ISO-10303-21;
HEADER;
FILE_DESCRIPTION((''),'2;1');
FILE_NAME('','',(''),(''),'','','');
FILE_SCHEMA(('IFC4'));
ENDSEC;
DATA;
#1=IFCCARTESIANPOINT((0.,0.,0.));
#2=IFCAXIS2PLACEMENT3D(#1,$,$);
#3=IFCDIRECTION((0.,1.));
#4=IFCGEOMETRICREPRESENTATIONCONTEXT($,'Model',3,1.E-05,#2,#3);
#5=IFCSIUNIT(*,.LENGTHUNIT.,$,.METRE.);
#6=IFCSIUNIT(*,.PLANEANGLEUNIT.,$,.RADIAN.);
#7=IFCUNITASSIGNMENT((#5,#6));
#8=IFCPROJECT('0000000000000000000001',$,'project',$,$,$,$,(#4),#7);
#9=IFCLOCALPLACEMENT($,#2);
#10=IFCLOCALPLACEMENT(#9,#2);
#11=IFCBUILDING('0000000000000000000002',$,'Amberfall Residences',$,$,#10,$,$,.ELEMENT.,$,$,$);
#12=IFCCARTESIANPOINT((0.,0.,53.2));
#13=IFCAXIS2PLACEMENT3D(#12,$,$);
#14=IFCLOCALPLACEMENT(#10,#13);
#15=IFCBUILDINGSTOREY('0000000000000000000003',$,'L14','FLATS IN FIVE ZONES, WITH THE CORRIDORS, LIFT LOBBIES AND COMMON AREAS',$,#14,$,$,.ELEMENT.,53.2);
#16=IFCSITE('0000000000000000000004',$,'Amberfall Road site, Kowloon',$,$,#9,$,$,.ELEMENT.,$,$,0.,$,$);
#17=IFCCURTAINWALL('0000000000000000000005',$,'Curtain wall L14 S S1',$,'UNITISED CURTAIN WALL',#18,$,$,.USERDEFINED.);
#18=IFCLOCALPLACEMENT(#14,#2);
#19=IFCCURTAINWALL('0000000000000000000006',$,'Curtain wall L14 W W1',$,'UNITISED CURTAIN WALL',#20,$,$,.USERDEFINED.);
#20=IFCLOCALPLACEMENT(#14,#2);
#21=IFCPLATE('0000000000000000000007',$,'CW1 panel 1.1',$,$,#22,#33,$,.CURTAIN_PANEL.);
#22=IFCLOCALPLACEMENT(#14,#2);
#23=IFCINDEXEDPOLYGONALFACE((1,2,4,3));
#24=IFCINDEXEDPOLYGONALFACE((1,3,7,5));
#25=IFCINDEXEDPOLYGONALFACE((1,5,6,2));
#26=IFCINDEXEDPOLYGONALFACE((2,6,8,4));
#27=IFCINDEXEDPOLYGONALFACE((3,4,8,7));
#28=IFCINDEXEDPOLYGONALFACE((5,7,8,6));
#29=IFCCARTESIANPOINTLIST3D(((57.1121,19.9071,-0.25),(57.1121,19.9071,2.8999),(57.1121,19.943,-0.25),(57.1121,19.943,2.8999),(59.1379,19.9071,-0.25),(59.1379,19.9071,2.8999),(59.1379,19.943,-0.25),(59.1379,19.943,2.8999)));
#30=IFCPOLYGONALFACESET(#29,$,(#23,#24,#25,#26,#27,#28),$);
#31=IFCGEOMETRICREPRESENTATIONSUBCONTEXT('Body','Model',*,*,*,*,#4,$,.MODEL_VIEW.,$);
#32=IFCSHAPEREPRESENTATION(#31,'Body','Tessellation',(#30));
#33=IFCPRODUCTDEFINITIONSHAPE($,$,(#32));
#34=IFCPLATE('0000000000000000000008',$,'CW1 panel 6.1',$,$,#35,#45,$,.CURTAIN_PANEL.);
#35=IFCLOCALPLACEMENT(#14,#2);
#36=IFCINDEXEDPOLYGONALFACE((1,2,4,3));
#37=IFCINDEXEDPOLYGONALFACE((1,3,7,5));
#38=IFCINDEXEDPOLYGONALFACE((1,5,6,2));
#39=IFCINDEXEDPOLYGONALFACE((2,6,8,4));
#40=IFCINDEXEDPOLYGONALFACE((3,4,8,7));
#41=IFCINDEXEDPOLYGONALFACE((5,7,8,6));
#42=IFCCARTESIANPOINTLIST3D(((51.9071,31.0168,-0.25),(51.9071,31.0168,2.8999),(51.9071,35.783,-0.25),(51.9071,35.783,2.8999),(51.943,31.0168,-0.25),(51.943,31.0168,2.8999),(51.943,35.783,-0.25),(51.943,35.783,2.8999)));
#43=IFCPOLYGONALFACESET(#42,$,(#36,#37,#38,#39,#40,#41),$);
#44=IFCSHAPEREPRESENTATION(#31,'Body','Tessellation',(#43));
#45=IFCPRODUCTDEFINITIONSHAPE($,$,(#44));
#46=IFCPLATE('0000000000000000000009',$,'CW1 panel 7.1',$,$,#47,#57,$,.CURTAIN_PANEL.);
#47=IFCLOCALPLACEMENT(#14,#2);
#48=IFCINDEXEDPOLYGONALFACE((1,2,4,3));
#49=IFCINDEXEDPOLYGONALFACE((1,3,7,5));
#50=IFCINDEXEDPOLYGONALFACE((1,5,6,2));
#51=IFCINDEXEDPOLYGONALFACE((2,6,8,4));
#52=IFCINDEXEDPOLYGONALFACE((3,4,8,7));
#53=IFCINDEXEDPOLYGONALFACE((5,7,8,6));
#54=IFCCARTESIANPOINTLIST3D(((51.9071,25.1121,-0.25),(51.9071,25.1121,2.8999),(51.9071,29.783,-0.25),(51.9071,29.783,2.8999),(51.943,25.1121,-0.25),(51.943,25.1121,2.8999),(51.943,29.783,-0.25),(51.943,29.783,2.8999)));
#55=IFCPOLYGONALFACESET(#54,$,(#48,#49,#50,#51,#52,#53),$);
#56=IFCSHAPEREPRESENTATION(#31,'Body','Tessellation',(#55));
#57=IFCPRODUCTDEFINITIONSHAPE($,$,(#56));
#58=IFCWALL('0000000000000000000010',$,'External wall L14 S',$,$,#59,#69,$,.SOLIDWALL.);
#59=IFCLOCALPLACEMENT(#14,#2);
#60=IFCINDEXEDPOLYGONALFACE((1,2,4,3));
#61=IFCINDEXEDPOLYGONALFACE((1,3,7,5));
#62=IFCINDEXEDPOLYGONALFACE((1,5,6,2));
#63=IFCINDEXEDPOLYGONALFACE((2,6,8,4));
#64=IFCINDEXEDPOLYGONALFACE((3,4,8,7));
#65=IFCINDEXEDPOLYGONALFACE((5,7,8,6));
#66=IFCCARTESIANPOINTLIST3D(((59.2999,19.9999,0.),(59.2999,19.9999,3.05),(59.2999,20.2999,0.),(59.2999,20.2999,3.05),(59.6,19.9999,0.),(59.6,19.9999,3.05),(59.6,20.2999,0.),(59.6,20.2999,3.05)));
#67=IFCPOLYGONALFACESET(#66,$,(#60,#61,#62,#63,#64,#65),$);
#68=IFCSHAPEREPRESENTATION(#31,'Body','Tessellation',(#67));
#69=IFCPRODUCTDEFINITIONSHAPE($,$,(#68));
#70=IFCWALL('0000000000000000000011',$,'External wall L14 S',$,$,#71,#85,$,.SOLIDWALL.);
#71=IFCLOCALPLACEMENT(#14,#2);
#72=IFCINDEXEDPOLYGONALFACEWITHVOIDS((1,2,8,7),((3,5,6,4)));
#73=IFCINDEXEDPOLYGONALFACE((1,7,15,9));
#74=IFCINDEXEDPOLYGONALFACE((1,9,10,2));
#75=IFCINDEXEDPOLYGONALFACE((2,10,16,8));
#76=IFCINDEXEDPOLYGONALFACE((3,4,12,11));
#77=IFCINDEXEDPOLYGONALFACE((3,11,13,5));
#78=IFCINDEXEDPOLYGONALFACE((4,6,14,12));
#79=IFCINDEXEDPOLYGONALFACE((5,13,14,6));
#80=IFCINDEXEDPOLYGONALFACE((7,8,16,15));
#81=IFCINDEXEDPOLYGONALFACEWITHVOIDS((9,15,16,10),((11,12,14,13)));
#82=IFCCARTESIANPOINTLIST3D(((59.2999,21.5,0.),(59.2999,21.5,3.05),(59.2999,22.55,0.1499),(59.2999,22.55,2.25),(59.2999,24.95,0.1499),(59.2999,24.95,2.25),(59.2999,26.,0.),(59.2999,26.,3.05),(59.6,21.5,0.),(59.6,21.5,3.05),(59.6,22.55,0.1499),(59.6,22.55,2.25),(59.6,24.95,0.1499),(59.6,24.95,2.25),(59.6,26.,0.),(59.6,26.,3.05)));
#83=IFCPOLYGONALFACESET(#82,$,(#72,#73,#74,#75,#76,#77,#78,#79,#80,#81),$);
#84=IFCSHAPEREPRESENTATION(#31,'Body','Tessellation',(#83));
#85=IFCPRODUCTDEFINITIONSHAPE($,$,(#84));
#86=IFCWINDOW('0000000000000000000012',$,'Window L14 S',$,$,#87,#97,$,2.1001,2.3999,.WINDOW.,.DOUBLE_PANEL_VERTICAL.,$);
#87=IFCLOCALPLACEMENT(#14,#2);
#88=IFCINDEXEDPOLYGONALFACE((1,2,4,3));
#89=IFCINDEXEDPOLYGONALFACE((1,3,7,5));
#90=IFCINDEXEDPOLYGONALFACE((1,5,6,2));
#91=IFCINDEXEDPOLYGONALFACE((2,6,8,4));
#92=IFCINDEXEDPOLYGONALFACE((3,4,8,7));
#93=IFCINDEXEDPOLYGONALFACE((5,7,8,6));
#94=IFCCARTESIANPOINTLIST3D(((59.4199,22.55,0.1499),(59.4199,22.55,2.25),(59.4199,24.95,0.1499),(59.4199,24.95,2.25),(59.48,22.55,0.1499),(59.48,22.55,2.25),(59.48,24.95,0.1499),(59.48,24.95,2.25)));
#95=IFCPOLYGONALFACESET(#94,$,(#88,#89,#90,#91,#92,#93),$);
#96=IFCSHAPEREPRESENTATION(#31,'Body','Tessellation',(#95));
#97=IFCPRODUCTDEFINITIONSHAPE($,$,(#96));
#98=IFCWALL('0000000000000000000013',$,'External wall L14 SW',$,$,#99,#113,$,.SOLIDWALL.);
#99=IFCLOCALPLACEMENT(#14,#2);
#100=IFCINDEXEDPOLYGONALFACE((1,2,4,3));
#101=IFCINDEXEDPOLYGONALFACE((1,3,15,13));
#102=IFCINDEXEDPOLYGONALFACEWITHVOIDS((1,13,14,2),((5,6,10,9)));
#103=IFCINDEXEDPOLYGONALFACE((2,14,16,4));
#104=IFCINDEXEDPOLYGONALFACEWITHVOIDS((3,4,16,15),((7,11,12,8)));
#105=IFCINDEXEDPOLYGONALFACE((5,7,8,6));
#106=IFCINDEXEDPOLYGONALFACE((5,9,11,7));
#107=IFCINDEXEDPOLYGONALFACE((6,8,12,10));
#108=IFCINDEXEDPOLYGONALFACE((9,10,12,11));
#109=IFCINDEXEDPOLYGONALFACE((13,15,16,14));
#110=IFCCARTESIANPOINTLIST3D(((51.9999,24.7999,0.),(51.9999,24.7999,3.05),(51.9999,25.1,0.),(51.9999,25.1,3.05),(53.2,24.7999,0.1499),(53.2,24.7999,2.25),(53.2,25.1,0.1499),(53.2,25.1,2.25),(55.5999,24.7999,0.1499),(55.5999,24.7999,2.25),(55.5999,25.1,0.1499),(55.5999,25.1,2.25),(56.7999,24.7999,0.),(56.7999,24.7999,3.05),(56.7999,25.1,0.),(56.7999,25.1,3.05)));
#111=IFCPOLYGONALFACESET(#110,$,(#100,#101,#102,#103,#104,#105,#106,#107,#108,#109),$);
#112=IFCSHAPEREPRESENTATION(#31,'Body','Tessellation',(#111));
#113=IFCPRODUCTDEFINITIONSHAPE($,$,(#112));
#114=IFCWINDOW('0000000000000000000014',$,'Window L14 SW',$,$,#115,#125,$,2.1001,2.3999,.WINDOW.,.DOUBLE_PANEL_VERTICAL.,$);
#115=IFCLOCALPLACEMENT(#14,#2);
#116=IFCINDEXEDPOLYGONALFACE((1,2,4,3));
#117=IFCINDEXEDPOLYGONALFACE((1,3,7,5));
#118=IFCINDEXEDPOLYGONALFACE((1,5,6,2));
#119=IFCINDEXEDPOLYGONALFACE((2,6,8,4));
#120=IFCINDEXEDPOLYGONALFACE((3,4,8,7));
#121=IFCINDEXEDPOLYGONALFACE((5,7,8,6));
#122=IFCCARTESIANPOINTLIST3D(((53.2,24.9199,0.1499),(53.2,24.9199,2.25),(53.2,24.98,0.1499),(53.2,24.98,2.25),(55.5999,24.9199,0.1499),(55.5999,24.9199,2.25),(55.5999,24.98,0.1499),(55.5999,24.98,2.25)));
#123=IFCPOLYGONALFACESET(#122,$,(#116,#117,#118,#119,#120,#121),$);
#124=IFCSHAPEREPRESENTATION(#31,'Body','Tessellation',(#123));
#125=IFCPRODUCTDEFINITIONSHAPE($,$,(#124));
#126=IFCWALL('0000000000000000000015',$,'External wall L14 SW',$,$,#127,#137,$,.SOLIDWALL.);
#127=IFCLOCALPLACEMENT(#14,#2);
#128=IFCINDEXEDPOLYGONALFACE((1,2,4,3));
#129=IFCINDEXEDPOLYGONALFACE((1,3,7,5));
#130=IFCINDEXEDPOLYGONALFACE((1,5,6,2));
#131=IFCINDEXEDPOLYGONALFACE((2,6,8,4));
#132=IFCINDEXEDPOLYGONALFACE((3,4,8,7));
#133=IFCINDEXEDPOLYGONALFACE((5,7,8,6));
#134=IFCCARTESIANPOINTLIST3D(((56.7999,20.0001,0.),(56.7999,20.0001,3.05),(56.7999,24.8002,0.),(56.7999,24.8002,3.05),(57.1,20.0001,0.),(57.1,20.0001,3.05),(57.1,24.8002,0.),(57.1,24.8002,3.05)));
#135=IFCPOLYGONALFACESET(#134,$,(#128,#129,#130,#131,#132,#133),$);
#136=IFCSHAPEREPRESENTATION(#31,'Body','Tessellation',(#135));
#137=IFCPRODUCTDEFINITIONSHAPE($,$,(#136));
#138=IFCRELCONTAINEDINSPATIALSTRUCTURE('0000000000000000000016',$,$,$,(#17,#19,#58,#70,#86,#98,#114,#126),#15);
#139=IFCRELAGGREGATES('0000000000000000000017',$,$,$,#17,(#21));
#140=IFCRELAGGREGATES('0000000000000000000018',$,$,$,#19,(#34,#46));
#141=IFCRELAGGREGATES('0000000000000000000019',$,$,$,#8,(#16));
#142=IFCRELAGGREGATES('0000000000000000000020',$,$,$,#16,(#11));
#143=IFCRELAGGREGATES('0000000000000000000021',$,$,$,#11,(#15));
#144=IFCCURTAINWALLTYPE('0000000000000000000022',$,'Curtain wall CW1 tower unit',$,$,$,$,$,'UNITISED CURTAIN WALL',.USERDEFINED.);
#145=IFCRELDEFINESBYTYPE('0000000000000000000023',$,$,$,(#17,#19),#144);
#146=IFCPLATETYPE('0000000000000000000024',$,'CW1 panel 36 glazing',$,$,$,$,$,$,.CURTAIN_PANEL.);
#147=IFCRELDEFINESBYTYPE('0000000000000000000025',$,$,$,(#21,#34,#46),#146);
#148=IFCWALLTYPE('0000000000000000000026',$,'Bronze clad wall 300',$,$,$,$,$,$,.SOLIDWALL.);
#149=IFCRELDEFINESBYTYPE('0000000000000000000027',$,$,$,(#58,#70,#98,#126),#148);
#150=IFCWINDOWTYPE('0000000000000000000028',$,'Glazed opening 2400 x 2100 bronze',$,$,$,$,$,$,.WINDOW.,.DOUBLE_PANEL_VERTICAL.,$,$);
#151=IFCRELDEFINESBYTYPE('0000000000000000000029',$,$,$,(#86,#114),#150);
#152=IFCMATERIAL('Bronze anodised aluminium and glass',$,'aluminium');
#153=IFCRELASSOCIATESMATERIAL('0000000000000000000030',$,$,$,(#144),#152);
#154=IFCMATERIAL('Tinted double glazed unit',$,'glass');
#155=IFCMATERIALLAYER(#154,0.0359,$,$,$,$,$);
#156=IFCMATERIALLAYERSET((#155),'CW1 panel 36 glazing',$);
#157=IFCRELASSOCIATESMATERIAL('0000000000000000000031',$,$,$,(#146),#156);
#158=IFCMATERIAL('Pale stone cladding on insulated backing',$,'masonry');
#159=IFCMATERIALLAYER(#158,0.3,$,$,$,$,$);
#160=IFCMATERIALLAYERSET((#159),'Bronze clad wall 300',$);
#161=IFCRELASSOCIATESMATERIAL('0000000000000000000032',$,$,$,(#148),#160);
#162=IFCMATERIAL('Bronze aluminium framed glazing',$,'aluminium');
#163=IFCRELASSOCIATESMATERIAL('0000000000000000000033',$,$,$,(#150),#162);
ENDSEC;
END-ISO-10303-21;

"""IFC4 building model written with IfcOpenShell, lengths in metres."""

from ifc_helpers import new_model, si_unit, direction, frame, frame_2d, origin, origin_2d, place, context, subcontext, project, spatial, rectangle, extrude, material, layer, layer_set, type_object, element, fill, aggregate, save


model = new_model("IFC4")

# Units and contexts
model_context = context("Model", 3, precision=1e-05, world=origin(), true_north=direction((0.0, 1.0)))
body_context = subcontext(model_context, "Body", "Model", "MODEL_VIEW")
ifc_project = project(units=[si_unit("LENGTHUNIT", "METRE"), si_unit("PLANEANGLEUNIT", "RADIAN")], contexts=[model_context])

# Site, building, storey
site_placement = place(None, origin())
site = spatial("IfcSite", under=ifc_project, at=site_placement, Name="Amberfall Road site, Kowloon", CompositionType="ELEMENT", RefElevation=0.0)
building_placement = place(site_placement, origin())
building = spatial("IfcBuilding", under=site, at=building_placement, Name="Amberfall Residences", CompositionType="ELEMENT")
storey_placement = place(building_placement, frame((0.0, 0.0, 53.2)))
storey = spatial("IfcBuildingStorey", under=building, at=storey_placement, Name="L14", Description="FLATS IN FIVE ZONES, WITH THE CORRIDORS, LIFT LOBBIES AND COMMON AREAS", CompositionType="ELEMENT", Elevation=53.2)

# Curtain wall
ifc_material_1 = material(Name="Bronze anodised aluminium and glass", Category="aluminium")
curtain_wall_type = type_object("IfcCurtainWallType", Name="Curtain wall CW1 tower unit", ElementType="UNITISED CURTAIN WALL", PredefinedType="USERDEFINED", material=ifc_material_1)
curtain_wall_1_placement = place(storey_placement, origin())
curtain_wall_1 = element("IfcCurtainWall", 1, at=curtain_wall_1_placement, inside=storey, type_object=curtain_wall_type, Name="Curtain wall L14 S S1", ObjectType="UNITISED CURTAIN WALL", PredefinedType="USERDEFINED")

# Curtain wall
curtain_wall_2_placement = place(storey_placement, origin())
curtain_wall_2 = element("IfcCurtainWall", 2, at=curtain_wall_2_placement, inside=storey, type_object=curtain_wall_type, Name="Curtain wall L14 W W1", ObjectType="UNITISED CURTAIN WALL", PredefinedType="USERDEFINED")

# Plates
ifc_material_2 = material(Name="Tinted double glazed unit", Category="glass")
ifc_layer_1 = layer(ifc_material_2, 0.0359)
ifc_layer_set_1 = layer_set([ifc_layer_1], Name="CW1 panel 36 glazing")
plate_type = type_object("IfcPlateType", Name="CW1 panel 36 glazing", PredefinedType="CURTAIN_PANEL", material=ifc_layer_set_1)
plate_1_placement = place(storey_placement, frame((58.125, 19.925, -0.25), z_axis=(0.0, 0.0, 1.0), x_axis=(1.0, 0.0, 0.0)))
plate_1 = element("IfcPlate", 3, at=plate_1_placement, type_object=plate_type, Name="CW1 panel 1.1", PredefinedType="CURTAIN_PANEL", context=body_context, shape_type="SweptSolid", body=[
    extrude(rectangle(XDim=2.0259, YDim=0.0359, at=origin_2d()), origin(), (0.0, 0.0, 1.0), 3.1499),
])
aggregate(curtain_wall_1, [plate_1])
plate_2_placement = place(storey_placement, frame((51.925, 33.3999, -0.25), z_axis=(0.0, 0.0, 1.0), x_axis=(0.0, -1.0, 0.0)))
plate_2 = element("IfcPlate", 4, at=plate_2_placement, type_object=plate_type, Name="CW1 panel 6.1", PredefinedType="CURTAIN_PANEL", context=body_context, shape_type="SweptSolid", body=[
    extrude(rectangle(XDim=4.7661, YDim=0.0359, at=origin_2d()), origin(), (0.0, 0.0, 1.0), 3.1499),
])
plate_3_placement = place(storey_placement, frame((51.925, 27.4475, -0.25), z_axis=(0.0, 0.0, 1.0), x_axis=(0.0, -1.0, 0.0)))
plate_3 = element("IfcPlate", 5, at=plate_3_placement, type_object=plate_type, Name="CW1 panel 7.1", PredefinedType="CURTAIN_PANEL", context=body_context, shape_type="SweptSolid", body=[
    extrude(rectangle(XDim=4.6709, YDim=0.0359, at=origin_2d()), origin(), (0.0, 0.0, 1.0), 3.1499),
])
aggregate(curtain_wall_2, [plate_2, plate_3])

# Wall
ifc_material_3 = material(Name="Pale stone cladding on insulated backing", Category="masonry")
ifc_layer_2 = layer(ifc_material_3, 0.3)
ifc_layer_set_2 = layer_set([ifc_layer_2], Name="Bronze clad wall 300")
wall_type_1 = type_object("IfcWallType", Name="Bronze clad wall 300", PredefinedType="SOLIDWALL", material=ifc_layer_set_2)
wall_1_placement = place(storey_placement, frame((59.45, 20.0, 0.0), z_axis=(0.0, 0.0, 1.0), x_axis=(0.0, 1.0, 0.0)))
element("IfcWall", 6, at=wall_1_placement, inside=storey, type_object=wall_type_1, Name="External wall L14 S", PredefinedType="SOLIDWALL", context=body_context, shape_type="SweptSolid", body=[
    extrude(rectangle(XDim=0.3, YDim=0.3, at=frame_2d((0.1499, 0.0))), origin(), (0.0, 0.0, 1.0), 3.05),
])

# Walls, openings, windows
wall_2_placement = place(storey_placement, frame((59.45, 21.5, 0.0), z_axis=(0.0, 0.0, 1.0), x_axis=(0.0, 1.0, 0.0)))
wall_2 = element("IfcWall", 7, at=wall_2_placement, inside=storey, type_object=wall_type_1, Name="External wall L14 S", PredefinedType="SOLIDWALL", context=body_context, shape_type="SweptSolid", body=[
    extrude(rectangle(XDim=4.5, YDim=0.3, at=frame_2d((2.25, 0.0))), origin(), (0.0, 0.0, 1.0), 3.05),
])
opening_1_placement = place(wall_2_placement, frame((1.05, 0.0, 0.1499)))
opening_1 = element("IfcOpeningElement", 8, at=opening_1_placement, cuts=wall_2, PredefinedType="OPENING", context=body_context, shape_type="SweptSolid", body=[
    extrude(rectangle(XDim=2.3999, YDim=2.1001, at=frame_2d((1.2, 1.05))), frame((0.0, 0.1599, 0.0), z_axis=(0.0, -1.0, 0.0), x_axis=(1.0, 0.0, 0.0)), (0.0, 0.0, 1.0), 0.3201),
])
ifc_material_4 = material(Name="Bronze aluminium framed glazing", Category="aluminium")
window_type = type_object("IfcWindowType", Name="Glazed opening 2400 x 2100 bronze", PartitioningType="DOUBLE_PANEL_VERTICAL", PredefinedType="WINDOW", material=ifc_material_4)
window_1_placement = place(opening_1_placement, origin())
window_1 = element("IfcWindow", 9, at=window_1_placement, inside=storey, type_object=window_type, Name="Window L14 S", OverallHeight=2.1001, OverallWidth=2.3999, PartitioningType="DOUBLE_PANEL_VERTICAL", PredefinedType="WINDOW", context=body_context, shape_type="SweptSolid", body=[
    extrude(rectangle(XDim=2.3999, YDim=2.1001, at=frame_2d((1.2, 1.05))), frame((0.0, 0.03, 0.0), z_axis=(0.0, -1.0, 0.0), x_axis=(1.0, 0.0, 0.0)), (0.0, 0.0, 1.0), 0.0601),
])
fill(opening_1, window_1)
wall_3_placement = place(storey_placement, frame((52.0, 24.95, 0.0), z_axis=(0.0, 0.0, 1.0), x_axis=(1.0, 0.0, 0.0)))
wall_3 = element("IfcWall", 10, at=wall_3_placement, inside=storey, type_object=wall_type_1, Name="External wall L14 SW", PredefinedType="SOLIDWALL", context=body_context, shape_type="SweptSolid", body=[
    extrude(rectangle(XDim=4.8, YDim=0.3, at=frame_2d((2.3999, 0.0))), origin(), (0.0, 0.0, 1.0), 3.05),
])
opening_2_placement = place(wall_3_placement, frame((1.2, 0.0, 0.1499)))
opening_2 = element("IfcOpeningElement", 11, at=opening_2_placement, cuts=wall_3, PredefinedType="OPENING", context=body_context, shape_type="SweptSolid", body=[
    extrude(rectangle(XDim=2.3999, YDim=2.1001, at=frame_2d((1.2, 1.05))), frame((0.0, 0.1599, 0.0), z_axis=(0.0, -1.0, 0.0), x_axis=(1.0, 0.0, 0.0)), (0.0, 0.0, 1.0), 0.3201),
])
window_2_placement = place(opening_2_placement, origin())
window_2 = element("IfcWindow", 12, at=window_2_placement, inside=storey, type_object=window_type, Name="Window L14 SW", OverallHeight=2.1001, OverallWidth=2.3999, PartitioningType="DOUBLE_PANEL_VERTICAL", PredefinedType="WINDOW", context=body_context, shape_type="SweptSolid", body=[
    extrude(rectangle(XDim=2.3999, YDim=2.1001, at=frame_2d((1.2, 1.05))), frame((0.0, 0.03, 0.0), z_axis=(0.0, -1.0, 0.0), x_axis=(1.0, 0.0, 0.0)), (0.0, 0.0, 1.0), 0.0601),
])
fill(opening_2, window_2)

# Wall
wall_4_placement = place(storey_placement, frame((56.95, 24.8, 0.0), z_axis=(0.0, 0.0, 1.0), x_axis=(0.0, -1.0, 0.0)))
element("IfcWall", 13, at=wall_4_placement, inside=storey, type_object=wall_type_1, Name="External wall L14 SW", PredefinedType="SOLIDWALL", context=body_context, shape_type="SweptSolid", body=[
    extrude(rectangle(XDim=4.8, YDim=0.3, at=frame_2d((2.3999, 0.0))), origin(), (0.0, 0.0, 1.0), 3.05),
])

save(model, "model.ifc")
